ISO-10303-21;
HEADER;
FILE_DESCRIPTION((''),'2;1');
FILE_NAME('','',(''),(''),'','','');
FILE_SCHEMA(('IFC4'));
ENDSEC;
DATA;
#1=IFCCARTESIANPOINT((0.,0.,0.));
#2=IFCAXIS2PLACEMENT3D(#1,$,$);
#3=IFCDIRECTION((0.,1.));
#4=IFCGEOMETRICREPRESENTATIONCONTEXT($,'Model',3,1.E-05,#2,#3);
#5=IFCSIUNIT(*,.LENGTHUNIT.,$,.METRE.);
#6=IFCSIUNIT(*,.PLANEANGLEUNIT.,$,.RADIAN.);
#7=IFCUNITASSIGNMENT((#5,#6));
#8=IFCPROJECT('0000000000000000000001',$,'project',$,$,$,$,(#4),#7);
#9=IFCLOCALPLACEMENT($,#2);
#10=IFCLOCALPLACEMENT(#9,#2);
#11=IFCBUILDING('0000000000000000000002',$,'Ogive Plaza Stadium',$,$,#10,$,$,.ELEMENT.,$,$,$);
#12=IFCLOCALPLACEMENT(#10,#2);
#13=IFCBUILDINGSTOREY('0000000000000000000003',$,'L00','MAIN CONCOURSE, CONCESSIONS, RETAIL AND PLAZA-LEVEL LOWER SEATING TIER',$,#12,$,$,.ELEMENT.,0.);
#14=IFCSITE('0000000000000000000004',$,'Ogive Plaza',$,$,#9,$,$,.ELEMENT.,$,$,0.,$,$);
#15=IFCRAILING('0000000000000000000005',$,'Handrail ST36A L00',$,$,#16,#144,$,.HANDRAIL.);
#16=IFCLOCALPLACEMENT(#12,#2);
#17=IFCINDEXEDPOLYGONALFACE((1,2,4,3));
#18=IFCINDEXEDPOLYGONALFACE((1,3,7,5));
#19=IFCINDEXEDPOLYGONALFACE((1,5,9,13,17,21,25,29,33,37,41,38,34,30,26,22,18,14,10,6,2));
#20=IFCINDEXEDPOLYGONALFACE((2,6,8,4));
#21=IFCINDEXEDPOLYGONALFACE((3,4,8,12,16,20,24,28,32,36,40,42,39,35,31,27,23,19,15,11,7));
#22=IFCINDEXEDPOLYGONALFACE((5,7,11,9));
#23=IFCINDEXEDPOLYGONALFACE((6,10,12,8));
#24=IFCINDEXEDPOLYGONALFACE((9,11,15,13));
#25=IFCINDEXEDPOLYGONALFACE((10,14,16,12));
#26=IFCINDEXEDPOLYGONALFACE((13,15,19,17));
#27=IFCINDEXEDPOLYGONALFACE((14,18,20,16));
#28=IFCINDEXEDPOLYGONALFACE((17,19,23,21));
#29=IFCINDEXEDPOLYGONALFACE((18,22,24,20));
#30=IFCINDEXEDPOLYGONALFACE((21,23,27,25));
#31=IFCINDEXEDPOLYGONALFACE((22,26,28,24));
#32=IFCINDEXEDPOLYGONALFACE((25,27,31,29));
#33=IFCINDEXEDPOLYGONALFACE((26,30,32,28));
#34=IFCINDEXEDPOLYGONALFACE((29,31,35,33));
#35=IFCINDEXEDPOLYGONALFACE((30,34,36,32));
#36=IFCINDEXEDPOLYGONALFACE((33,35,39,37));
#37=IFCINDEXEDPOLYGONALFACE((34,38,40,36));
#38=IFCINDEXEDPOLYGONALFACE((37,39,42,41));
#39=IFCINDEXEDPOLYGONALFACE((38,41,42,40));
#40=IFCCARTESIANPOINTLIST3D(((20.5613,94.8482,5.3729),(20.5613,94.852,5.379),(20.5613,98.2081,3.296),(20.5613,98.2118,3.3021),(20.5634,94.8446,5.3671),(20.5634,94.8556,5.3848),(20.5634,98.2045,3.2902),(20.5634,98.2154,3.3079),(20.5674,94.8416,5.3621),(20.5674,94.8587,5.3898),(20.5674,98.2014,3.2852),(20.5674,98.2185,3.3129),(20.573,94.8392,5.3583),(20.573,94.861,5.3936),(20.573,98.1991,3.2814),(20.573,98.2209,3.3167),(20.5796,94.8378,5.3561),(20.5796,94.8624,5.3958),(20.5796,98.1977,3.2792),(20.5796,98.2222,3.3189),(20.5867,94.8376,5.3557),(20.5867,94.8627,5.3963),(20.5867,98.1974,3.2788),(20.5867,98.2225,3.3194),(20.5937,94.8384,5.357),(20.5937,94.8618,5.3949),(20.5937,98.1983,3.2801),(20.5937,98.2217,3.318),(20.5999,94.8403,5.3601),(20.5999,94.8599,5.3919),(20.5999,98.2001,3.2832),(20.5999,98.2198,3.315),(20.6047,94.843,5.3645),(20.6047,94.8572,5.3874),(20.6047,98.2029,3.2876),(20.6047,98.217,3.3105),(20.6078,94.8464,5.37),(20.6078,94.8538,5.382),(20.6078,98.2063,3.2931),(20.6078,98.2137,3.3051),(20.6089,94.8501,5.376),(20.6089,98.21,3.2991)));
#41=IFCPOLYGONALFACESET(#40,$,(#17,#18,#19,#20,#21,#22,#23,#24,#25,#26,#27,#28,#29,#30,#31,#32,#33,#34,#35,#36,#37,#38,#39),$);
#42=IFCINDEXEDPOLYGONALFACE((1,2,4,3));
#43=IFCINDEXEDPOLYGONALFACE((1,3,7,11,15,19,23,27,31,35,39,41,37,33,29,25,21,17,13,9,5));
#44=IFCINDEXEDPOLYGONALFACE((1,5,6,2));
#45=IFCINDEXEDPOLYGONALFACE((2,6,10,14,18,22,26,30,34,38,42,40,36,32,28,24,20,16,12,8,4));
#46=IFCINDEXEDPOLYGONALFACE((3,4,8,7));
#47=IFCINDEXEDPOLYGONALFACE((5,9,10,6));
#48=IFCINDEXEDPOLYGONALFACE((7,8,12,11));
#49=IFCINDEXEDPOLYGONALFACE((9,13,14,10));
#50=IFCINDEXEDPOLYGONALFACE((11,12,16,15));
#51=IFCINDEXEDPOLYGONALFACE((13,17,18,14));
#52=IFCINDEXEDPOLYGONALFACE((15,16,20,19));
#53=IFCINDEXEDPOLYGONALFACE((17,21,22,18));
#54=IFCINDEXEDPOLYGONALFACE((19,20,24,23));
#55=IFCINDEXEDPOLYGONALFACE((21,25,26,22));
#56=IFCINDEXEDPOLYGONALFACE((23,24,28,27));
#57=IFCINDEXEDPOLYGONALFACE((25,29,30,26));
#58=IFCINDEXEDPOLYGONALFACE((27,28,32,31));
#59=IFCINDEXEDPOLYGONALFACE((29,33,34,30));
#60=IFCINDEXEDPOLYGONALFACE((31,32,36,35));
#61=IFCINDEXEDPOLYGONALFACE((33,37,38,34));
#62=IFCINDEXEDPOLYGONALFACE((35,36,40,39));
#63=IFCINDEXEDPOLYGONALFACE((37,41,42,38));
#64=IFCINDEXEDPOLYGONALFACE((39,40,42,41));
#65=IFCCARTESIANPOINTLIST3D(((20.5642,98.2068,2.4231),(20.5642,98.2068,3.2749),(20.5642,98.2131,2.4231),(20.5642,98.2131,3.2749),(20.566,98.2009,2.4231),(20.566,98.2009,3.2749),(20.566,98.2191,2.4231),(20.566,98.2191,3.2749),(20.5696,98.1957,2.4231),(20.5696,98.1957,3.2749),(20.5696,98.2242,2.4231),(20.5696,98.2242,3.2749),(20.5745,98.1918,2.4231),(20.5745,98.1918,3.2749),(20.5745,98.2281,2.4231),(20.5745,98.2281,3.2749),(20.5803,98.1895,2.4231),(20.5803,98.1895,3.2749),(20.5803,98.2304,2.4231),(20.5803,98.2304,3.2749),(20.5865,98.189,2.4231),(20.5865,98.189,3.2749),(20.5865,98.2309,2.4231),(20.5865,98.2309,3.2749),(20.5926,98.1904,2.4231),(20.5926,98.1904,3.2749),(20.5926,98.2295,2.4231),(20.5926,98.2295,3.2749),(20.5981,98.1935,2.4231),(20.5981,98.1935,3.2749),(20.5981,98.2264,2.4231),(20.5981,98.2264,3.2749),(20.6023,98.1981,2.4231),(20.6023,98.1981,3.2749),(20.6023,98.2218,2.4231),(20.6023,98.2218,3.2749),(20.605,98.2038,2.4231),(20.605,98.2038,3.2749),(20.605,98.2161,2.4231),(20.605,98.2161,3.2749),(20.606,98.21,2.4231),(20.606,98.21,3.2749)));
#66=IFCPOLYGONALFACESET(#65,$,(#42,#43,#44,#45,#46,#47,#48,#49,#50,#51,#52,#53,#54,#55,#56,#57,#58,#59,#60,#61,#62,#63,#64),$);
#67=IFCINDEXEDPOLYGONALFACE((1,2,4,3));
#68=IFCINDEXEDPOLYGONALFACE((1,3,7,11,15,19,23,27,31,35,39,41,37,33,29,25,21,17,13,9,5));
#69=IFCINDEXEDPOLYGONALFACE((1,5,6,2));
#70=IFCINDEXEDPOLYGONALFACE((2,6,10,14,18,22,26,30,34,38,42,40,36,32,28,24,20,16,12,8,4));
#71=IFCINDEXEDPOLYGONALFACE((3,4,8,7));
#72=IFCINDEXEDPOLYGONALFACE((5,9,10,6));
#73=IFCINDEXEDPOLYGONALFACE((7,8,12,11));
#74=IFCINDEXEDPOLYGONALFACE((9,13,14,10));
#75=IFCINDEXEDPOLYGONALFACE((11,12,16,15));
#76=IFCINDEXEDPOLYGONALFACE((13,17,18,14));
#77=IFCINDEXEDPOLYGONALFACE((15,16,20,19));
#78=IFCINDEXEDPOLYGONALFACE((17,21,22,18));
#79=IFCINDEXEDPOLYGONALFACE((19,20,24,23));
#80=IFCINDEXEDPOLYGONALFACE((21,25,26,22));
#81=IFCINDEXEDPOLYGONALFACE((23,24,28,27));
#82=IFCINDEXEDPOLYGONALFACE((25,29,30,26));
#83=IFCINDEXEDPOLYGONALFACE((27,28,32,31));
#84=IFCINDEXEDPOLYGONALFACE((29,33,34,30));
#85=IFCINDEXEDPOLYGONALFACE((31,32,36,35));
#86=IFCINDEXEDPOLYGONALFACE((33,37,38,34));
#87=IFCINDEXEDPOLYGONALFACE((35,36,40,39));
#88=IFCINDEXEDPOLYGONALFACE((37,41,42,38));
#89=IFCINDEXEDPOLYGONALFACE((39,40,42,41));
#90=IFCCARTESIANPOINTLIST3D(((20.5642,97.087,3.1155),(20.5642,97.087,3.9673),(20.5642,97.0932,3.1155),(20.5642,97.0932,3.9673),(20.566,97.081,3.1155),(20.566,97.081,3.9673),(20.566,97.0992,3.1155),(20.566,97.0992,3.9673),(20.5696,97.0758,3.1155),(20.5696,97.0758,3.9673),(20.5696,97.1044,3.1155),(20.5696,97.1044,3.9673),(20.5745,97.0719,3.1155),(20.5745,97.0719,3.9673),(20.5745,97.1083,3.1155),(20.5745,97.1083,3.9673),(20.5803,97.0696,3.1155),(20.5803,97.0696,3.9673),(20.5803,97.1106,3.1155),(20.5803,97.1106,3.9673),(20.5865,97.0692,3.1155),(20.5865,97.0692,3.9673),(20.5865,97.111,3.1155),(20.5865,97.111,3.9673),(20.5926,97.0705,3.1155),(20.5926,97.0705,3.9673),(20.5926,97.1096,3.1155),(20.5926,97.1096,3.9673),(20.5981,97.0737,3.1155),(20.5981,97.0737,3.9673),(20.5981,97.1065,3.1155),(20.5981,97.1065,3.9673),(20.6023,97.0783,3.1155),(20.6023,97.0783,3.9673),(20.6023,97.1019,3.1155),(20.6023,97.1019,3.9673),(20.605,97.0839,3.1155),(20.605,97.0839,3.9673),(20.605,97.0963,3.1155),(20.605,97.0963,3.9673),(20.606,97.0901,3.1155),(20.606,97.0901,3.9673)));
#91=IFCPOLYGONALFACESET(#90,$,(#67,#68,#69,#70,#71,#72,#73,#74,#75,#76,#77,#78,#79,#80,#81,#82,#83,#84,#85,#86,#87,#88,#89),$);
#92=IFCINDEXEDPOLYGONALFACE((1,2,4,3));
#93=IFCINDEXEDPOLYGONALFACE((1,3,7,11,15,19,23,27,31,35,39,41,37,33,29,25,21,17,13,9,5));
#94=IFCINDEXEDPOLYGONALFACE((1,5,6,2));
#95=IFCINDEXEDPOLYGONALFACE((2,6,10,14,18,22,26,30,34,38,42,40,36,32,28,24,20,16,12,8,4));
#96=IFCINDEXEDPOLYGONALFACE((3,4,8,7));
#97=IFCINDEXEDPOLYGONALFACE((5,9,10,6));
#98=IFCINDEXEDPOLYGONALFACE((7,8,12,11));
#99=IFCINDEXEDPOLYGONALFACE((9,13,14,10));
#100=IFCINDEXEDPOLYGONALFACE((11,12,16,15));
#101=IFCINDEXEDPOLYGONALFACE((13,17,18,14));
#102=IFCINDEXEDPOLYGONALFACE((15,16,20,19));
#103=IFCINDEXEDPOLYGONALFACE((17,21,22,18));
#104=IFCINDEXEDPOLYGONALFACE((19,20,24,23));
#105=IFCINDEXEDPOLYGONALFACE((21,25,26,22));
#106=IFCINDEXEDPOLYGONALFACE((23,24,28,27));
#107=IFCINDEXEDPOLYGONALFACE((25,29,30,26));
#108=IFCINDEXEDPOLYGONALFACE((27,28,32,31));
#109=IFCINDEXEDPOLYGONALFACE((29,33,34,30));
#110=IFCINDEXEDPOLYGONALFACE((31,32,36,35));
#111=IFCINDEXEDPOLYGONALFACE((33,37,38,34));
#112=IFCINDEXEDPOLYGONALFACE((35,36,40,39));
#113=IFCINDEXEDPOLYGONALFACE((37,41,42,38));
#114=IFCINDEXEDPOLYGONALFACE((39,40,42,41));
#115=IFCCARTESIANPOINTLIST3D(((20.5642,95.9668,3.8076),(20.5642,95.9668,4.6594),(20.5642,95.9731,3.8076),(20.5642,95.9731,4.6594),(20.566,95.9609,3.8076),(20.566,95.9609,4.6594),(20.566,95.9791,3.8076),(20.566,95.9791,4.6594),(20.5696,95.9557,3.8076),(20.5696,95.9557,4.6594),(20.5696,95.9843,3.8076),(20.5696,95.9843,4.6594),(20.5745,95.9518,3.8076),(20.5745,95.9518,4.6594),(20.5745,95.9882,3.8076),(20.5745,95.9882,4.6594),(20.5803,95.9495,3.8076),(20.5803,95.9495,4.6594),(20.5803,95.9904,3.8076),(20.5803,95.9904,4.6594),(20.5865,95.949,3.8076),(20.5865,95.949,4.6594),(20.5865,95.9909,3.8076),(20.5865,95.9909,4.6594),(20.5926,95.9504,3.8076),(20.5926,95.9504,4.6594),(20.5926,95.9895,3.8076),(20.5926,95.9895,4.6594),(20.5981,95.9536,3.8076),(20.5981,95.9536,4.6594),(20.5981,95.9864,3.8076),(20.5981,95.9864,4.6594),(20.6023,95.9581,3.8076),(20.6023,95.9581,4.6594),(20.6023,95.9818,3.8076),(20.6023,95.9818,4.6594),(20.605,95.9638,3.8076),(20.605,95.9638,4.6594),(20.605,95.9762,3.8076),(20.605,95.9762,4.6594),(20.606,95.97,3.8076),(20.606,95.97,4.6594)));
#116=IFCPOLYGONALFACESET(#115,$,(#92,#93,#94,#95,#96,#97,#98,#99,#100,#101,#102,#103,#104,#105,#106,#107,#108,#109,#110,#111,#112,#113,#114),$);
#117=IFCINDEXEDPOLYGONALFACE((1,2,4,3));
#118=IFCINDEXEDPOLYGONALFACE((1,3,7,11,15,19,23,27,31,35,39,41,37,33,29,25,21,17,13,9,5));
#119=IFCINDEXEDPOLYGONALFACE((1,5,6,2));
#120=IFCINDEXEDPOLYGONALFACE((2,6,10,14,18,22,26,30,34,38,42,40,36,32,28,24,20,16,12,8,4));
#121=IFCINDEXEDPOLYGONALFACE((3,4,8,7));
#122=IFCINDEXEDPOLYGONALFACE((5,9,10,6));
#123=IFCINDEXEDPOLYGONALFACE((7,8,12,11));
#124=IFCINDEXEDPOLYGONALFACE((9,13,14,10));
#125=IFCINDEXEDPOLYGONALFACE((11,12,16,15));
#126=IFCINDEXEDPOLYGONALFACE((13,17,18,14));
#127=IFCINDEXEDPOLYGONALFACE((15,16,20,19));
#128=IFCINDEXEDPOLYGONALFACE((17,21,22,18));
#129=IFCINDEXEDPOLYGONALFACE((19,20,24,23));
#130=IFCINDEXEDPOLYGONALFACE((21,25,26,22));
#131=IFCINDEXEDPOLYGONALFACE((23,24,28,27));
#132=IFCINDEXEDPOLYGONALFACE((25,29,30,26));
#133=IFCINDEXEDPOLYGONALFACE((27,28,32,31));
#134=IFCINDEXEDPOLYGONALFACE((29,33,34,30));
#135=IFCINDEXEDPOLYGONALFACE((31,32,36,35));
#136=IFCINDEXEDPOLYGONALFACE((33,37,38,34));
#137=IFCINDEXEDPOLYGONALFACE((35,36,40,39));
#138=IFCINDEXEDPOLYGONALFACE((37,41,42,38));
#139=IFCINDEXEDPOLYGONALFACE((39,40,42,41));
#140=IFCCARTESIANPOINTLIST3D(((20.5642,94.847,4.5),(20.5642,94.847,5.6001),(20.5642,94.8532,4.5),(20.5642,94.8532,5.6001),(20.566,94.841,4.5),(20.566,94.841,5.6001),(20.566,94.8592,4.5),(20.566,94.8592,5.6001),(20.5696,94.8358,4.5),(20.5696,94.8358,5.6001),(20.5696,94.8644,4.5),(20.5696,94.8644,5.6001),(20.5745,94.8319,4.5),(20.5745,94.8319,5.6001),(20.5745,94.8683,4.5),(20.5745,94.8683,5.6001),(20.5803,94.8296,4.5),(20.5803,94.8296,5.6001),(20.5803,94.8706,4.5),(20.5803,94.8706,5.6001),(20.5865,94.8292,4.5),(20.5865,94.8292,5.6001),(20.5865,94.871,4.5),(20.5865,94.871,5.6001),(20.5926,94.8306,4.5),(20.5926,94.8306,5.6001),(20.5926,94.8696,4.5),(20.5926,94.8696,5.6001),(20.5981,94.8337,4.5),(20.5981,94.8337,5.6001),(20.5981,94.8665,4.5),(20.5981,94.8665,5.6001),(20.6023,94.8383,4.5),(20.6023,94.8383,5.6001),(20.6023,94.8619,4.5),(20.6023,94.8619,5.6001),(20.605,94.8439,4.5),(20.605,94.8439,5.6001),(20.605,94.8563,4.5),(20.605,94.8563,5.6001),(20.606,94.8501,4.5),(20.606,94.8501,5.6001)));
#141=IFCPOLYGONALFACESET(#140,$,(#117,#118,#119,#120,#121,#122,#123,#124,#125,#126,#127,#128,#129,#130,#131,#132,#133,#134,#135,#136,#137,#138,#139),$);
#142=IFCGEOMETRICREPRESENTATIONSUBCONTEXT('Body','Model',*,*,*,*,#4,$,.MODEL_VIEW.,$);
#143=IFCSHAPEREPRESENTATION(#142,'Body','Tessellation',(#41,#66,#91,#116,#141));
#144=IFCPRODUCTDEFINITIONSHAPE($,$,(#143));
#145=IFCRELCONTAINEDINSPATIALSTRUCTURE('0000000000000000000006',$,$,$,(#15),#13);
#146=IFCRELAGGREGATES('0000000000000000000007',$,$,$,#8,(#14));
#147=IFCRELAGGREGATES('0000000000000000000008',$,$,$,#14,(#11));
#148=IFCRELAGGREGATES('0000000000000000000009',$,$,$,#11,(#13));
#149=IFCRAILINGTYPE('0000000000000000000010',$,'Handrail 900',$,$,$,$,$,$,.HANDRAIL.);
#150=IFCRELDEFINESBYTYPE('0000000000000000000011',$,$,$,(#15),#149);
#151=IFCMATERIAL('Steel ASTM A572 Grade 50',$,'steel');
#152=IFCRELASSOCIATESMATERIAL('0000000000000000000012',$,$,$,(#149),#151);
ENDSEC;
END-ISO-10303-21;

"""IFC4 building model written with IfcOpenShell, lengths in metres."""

from ifc_helpers import new_model, si_unit, direction, frame, origin, origin_2d, place, context, subcontext, project, spatial, circle, extrude, material, type_object, element, save


model = new_model("IFC4")

# Units and contexts
model_context = context("Model", 3, precision=1e-05, world=origin(), true_north=direction((0.0, 1.0)))
body_context = subcontext(model_context, "Body", "Model", "MODEL_VIEW")
ifc_project = project(units=[si_unit("LENGTHUNIT", "METRE"), si_unit("PLANEANGLEUNIT", "RADIAN")], contexts=[model_context])

# Site, building, storey
site_placement = place(None, origin())
site = spatial("IfcSite", under=ifc_project, at=site_placement, Name="Ogive Plaza", CompositionType="ELEMENT", RefElevation=0.0)
building_placement = place(site_placement, origin())
building = spatial("IfcBuilding", under=site, at=building_placement, Name="Ogive Plaza Stadium", CompositionType="ELEMENT")
storey_placement = place(building_placement, origin())
storey = spatial("IfcBuildingStorey", under=building, at=storey_placement, Name="L00", Description="MAIN CONCOURSE, CONCESSIONS, RETAIL AND PLAZA-LEVEL LOWER SEATING TIER", CompositionType="ELEMENT", Elevation=0.0)

# Railing
ifc_material_1 = material(Name="Steel ASTM A572 Grade 50", Category="steel")
railing_type_1 = type_object("IfcRailingType", Name="Handrail 900", PredefinedType="HANDRAIL", material=ifc_material_1)
for number, where, name in (
    (1, (20.585, 98.21, 2.4231), "Handrail ST36A L00"),
):
    element("IfcRailing", number, at=place(storey_placement, frame(where)), inside=storey, type_object=railing_type_1, Name=name, PredefinedType="HANDRAIL", context=body_context, shape_type="SweptSolid", body=[
        extrude(circle(Radius=0.0239, at=origin_2d()), frame((0.0, 0.0, 0.876), z_axis=(0.0, -0.850606, 0.525803), x_axis=(1.0, 0.0, 0.0)), (0.0, 0.0, 1.0), 3.95),
        extrude(circle(Radius=0.021, at=origin_2d()), origin(), (0.0, 0.0, 1.0), 0.8518),
        extrude(circle(Radius=0.021, at=origin_2d()), frame((0.0, -1.1199, 0.6924)), (0.0, 0.0, 1.0), 0.8518),
        extrude(circle(Radius=0.021, at=origin_2d()), frame((0.0, -2.24, 1.3845)), (0.0, 0.0, 1.0), 0.8518),
        extrude(circle(Radius=0.021, at=origin_2d()), frame((0.0, -3.3599, 2.0769)), (0.0, 0.0, 1.0), 1.1001),
    ])

save(model, "model.ifc")
